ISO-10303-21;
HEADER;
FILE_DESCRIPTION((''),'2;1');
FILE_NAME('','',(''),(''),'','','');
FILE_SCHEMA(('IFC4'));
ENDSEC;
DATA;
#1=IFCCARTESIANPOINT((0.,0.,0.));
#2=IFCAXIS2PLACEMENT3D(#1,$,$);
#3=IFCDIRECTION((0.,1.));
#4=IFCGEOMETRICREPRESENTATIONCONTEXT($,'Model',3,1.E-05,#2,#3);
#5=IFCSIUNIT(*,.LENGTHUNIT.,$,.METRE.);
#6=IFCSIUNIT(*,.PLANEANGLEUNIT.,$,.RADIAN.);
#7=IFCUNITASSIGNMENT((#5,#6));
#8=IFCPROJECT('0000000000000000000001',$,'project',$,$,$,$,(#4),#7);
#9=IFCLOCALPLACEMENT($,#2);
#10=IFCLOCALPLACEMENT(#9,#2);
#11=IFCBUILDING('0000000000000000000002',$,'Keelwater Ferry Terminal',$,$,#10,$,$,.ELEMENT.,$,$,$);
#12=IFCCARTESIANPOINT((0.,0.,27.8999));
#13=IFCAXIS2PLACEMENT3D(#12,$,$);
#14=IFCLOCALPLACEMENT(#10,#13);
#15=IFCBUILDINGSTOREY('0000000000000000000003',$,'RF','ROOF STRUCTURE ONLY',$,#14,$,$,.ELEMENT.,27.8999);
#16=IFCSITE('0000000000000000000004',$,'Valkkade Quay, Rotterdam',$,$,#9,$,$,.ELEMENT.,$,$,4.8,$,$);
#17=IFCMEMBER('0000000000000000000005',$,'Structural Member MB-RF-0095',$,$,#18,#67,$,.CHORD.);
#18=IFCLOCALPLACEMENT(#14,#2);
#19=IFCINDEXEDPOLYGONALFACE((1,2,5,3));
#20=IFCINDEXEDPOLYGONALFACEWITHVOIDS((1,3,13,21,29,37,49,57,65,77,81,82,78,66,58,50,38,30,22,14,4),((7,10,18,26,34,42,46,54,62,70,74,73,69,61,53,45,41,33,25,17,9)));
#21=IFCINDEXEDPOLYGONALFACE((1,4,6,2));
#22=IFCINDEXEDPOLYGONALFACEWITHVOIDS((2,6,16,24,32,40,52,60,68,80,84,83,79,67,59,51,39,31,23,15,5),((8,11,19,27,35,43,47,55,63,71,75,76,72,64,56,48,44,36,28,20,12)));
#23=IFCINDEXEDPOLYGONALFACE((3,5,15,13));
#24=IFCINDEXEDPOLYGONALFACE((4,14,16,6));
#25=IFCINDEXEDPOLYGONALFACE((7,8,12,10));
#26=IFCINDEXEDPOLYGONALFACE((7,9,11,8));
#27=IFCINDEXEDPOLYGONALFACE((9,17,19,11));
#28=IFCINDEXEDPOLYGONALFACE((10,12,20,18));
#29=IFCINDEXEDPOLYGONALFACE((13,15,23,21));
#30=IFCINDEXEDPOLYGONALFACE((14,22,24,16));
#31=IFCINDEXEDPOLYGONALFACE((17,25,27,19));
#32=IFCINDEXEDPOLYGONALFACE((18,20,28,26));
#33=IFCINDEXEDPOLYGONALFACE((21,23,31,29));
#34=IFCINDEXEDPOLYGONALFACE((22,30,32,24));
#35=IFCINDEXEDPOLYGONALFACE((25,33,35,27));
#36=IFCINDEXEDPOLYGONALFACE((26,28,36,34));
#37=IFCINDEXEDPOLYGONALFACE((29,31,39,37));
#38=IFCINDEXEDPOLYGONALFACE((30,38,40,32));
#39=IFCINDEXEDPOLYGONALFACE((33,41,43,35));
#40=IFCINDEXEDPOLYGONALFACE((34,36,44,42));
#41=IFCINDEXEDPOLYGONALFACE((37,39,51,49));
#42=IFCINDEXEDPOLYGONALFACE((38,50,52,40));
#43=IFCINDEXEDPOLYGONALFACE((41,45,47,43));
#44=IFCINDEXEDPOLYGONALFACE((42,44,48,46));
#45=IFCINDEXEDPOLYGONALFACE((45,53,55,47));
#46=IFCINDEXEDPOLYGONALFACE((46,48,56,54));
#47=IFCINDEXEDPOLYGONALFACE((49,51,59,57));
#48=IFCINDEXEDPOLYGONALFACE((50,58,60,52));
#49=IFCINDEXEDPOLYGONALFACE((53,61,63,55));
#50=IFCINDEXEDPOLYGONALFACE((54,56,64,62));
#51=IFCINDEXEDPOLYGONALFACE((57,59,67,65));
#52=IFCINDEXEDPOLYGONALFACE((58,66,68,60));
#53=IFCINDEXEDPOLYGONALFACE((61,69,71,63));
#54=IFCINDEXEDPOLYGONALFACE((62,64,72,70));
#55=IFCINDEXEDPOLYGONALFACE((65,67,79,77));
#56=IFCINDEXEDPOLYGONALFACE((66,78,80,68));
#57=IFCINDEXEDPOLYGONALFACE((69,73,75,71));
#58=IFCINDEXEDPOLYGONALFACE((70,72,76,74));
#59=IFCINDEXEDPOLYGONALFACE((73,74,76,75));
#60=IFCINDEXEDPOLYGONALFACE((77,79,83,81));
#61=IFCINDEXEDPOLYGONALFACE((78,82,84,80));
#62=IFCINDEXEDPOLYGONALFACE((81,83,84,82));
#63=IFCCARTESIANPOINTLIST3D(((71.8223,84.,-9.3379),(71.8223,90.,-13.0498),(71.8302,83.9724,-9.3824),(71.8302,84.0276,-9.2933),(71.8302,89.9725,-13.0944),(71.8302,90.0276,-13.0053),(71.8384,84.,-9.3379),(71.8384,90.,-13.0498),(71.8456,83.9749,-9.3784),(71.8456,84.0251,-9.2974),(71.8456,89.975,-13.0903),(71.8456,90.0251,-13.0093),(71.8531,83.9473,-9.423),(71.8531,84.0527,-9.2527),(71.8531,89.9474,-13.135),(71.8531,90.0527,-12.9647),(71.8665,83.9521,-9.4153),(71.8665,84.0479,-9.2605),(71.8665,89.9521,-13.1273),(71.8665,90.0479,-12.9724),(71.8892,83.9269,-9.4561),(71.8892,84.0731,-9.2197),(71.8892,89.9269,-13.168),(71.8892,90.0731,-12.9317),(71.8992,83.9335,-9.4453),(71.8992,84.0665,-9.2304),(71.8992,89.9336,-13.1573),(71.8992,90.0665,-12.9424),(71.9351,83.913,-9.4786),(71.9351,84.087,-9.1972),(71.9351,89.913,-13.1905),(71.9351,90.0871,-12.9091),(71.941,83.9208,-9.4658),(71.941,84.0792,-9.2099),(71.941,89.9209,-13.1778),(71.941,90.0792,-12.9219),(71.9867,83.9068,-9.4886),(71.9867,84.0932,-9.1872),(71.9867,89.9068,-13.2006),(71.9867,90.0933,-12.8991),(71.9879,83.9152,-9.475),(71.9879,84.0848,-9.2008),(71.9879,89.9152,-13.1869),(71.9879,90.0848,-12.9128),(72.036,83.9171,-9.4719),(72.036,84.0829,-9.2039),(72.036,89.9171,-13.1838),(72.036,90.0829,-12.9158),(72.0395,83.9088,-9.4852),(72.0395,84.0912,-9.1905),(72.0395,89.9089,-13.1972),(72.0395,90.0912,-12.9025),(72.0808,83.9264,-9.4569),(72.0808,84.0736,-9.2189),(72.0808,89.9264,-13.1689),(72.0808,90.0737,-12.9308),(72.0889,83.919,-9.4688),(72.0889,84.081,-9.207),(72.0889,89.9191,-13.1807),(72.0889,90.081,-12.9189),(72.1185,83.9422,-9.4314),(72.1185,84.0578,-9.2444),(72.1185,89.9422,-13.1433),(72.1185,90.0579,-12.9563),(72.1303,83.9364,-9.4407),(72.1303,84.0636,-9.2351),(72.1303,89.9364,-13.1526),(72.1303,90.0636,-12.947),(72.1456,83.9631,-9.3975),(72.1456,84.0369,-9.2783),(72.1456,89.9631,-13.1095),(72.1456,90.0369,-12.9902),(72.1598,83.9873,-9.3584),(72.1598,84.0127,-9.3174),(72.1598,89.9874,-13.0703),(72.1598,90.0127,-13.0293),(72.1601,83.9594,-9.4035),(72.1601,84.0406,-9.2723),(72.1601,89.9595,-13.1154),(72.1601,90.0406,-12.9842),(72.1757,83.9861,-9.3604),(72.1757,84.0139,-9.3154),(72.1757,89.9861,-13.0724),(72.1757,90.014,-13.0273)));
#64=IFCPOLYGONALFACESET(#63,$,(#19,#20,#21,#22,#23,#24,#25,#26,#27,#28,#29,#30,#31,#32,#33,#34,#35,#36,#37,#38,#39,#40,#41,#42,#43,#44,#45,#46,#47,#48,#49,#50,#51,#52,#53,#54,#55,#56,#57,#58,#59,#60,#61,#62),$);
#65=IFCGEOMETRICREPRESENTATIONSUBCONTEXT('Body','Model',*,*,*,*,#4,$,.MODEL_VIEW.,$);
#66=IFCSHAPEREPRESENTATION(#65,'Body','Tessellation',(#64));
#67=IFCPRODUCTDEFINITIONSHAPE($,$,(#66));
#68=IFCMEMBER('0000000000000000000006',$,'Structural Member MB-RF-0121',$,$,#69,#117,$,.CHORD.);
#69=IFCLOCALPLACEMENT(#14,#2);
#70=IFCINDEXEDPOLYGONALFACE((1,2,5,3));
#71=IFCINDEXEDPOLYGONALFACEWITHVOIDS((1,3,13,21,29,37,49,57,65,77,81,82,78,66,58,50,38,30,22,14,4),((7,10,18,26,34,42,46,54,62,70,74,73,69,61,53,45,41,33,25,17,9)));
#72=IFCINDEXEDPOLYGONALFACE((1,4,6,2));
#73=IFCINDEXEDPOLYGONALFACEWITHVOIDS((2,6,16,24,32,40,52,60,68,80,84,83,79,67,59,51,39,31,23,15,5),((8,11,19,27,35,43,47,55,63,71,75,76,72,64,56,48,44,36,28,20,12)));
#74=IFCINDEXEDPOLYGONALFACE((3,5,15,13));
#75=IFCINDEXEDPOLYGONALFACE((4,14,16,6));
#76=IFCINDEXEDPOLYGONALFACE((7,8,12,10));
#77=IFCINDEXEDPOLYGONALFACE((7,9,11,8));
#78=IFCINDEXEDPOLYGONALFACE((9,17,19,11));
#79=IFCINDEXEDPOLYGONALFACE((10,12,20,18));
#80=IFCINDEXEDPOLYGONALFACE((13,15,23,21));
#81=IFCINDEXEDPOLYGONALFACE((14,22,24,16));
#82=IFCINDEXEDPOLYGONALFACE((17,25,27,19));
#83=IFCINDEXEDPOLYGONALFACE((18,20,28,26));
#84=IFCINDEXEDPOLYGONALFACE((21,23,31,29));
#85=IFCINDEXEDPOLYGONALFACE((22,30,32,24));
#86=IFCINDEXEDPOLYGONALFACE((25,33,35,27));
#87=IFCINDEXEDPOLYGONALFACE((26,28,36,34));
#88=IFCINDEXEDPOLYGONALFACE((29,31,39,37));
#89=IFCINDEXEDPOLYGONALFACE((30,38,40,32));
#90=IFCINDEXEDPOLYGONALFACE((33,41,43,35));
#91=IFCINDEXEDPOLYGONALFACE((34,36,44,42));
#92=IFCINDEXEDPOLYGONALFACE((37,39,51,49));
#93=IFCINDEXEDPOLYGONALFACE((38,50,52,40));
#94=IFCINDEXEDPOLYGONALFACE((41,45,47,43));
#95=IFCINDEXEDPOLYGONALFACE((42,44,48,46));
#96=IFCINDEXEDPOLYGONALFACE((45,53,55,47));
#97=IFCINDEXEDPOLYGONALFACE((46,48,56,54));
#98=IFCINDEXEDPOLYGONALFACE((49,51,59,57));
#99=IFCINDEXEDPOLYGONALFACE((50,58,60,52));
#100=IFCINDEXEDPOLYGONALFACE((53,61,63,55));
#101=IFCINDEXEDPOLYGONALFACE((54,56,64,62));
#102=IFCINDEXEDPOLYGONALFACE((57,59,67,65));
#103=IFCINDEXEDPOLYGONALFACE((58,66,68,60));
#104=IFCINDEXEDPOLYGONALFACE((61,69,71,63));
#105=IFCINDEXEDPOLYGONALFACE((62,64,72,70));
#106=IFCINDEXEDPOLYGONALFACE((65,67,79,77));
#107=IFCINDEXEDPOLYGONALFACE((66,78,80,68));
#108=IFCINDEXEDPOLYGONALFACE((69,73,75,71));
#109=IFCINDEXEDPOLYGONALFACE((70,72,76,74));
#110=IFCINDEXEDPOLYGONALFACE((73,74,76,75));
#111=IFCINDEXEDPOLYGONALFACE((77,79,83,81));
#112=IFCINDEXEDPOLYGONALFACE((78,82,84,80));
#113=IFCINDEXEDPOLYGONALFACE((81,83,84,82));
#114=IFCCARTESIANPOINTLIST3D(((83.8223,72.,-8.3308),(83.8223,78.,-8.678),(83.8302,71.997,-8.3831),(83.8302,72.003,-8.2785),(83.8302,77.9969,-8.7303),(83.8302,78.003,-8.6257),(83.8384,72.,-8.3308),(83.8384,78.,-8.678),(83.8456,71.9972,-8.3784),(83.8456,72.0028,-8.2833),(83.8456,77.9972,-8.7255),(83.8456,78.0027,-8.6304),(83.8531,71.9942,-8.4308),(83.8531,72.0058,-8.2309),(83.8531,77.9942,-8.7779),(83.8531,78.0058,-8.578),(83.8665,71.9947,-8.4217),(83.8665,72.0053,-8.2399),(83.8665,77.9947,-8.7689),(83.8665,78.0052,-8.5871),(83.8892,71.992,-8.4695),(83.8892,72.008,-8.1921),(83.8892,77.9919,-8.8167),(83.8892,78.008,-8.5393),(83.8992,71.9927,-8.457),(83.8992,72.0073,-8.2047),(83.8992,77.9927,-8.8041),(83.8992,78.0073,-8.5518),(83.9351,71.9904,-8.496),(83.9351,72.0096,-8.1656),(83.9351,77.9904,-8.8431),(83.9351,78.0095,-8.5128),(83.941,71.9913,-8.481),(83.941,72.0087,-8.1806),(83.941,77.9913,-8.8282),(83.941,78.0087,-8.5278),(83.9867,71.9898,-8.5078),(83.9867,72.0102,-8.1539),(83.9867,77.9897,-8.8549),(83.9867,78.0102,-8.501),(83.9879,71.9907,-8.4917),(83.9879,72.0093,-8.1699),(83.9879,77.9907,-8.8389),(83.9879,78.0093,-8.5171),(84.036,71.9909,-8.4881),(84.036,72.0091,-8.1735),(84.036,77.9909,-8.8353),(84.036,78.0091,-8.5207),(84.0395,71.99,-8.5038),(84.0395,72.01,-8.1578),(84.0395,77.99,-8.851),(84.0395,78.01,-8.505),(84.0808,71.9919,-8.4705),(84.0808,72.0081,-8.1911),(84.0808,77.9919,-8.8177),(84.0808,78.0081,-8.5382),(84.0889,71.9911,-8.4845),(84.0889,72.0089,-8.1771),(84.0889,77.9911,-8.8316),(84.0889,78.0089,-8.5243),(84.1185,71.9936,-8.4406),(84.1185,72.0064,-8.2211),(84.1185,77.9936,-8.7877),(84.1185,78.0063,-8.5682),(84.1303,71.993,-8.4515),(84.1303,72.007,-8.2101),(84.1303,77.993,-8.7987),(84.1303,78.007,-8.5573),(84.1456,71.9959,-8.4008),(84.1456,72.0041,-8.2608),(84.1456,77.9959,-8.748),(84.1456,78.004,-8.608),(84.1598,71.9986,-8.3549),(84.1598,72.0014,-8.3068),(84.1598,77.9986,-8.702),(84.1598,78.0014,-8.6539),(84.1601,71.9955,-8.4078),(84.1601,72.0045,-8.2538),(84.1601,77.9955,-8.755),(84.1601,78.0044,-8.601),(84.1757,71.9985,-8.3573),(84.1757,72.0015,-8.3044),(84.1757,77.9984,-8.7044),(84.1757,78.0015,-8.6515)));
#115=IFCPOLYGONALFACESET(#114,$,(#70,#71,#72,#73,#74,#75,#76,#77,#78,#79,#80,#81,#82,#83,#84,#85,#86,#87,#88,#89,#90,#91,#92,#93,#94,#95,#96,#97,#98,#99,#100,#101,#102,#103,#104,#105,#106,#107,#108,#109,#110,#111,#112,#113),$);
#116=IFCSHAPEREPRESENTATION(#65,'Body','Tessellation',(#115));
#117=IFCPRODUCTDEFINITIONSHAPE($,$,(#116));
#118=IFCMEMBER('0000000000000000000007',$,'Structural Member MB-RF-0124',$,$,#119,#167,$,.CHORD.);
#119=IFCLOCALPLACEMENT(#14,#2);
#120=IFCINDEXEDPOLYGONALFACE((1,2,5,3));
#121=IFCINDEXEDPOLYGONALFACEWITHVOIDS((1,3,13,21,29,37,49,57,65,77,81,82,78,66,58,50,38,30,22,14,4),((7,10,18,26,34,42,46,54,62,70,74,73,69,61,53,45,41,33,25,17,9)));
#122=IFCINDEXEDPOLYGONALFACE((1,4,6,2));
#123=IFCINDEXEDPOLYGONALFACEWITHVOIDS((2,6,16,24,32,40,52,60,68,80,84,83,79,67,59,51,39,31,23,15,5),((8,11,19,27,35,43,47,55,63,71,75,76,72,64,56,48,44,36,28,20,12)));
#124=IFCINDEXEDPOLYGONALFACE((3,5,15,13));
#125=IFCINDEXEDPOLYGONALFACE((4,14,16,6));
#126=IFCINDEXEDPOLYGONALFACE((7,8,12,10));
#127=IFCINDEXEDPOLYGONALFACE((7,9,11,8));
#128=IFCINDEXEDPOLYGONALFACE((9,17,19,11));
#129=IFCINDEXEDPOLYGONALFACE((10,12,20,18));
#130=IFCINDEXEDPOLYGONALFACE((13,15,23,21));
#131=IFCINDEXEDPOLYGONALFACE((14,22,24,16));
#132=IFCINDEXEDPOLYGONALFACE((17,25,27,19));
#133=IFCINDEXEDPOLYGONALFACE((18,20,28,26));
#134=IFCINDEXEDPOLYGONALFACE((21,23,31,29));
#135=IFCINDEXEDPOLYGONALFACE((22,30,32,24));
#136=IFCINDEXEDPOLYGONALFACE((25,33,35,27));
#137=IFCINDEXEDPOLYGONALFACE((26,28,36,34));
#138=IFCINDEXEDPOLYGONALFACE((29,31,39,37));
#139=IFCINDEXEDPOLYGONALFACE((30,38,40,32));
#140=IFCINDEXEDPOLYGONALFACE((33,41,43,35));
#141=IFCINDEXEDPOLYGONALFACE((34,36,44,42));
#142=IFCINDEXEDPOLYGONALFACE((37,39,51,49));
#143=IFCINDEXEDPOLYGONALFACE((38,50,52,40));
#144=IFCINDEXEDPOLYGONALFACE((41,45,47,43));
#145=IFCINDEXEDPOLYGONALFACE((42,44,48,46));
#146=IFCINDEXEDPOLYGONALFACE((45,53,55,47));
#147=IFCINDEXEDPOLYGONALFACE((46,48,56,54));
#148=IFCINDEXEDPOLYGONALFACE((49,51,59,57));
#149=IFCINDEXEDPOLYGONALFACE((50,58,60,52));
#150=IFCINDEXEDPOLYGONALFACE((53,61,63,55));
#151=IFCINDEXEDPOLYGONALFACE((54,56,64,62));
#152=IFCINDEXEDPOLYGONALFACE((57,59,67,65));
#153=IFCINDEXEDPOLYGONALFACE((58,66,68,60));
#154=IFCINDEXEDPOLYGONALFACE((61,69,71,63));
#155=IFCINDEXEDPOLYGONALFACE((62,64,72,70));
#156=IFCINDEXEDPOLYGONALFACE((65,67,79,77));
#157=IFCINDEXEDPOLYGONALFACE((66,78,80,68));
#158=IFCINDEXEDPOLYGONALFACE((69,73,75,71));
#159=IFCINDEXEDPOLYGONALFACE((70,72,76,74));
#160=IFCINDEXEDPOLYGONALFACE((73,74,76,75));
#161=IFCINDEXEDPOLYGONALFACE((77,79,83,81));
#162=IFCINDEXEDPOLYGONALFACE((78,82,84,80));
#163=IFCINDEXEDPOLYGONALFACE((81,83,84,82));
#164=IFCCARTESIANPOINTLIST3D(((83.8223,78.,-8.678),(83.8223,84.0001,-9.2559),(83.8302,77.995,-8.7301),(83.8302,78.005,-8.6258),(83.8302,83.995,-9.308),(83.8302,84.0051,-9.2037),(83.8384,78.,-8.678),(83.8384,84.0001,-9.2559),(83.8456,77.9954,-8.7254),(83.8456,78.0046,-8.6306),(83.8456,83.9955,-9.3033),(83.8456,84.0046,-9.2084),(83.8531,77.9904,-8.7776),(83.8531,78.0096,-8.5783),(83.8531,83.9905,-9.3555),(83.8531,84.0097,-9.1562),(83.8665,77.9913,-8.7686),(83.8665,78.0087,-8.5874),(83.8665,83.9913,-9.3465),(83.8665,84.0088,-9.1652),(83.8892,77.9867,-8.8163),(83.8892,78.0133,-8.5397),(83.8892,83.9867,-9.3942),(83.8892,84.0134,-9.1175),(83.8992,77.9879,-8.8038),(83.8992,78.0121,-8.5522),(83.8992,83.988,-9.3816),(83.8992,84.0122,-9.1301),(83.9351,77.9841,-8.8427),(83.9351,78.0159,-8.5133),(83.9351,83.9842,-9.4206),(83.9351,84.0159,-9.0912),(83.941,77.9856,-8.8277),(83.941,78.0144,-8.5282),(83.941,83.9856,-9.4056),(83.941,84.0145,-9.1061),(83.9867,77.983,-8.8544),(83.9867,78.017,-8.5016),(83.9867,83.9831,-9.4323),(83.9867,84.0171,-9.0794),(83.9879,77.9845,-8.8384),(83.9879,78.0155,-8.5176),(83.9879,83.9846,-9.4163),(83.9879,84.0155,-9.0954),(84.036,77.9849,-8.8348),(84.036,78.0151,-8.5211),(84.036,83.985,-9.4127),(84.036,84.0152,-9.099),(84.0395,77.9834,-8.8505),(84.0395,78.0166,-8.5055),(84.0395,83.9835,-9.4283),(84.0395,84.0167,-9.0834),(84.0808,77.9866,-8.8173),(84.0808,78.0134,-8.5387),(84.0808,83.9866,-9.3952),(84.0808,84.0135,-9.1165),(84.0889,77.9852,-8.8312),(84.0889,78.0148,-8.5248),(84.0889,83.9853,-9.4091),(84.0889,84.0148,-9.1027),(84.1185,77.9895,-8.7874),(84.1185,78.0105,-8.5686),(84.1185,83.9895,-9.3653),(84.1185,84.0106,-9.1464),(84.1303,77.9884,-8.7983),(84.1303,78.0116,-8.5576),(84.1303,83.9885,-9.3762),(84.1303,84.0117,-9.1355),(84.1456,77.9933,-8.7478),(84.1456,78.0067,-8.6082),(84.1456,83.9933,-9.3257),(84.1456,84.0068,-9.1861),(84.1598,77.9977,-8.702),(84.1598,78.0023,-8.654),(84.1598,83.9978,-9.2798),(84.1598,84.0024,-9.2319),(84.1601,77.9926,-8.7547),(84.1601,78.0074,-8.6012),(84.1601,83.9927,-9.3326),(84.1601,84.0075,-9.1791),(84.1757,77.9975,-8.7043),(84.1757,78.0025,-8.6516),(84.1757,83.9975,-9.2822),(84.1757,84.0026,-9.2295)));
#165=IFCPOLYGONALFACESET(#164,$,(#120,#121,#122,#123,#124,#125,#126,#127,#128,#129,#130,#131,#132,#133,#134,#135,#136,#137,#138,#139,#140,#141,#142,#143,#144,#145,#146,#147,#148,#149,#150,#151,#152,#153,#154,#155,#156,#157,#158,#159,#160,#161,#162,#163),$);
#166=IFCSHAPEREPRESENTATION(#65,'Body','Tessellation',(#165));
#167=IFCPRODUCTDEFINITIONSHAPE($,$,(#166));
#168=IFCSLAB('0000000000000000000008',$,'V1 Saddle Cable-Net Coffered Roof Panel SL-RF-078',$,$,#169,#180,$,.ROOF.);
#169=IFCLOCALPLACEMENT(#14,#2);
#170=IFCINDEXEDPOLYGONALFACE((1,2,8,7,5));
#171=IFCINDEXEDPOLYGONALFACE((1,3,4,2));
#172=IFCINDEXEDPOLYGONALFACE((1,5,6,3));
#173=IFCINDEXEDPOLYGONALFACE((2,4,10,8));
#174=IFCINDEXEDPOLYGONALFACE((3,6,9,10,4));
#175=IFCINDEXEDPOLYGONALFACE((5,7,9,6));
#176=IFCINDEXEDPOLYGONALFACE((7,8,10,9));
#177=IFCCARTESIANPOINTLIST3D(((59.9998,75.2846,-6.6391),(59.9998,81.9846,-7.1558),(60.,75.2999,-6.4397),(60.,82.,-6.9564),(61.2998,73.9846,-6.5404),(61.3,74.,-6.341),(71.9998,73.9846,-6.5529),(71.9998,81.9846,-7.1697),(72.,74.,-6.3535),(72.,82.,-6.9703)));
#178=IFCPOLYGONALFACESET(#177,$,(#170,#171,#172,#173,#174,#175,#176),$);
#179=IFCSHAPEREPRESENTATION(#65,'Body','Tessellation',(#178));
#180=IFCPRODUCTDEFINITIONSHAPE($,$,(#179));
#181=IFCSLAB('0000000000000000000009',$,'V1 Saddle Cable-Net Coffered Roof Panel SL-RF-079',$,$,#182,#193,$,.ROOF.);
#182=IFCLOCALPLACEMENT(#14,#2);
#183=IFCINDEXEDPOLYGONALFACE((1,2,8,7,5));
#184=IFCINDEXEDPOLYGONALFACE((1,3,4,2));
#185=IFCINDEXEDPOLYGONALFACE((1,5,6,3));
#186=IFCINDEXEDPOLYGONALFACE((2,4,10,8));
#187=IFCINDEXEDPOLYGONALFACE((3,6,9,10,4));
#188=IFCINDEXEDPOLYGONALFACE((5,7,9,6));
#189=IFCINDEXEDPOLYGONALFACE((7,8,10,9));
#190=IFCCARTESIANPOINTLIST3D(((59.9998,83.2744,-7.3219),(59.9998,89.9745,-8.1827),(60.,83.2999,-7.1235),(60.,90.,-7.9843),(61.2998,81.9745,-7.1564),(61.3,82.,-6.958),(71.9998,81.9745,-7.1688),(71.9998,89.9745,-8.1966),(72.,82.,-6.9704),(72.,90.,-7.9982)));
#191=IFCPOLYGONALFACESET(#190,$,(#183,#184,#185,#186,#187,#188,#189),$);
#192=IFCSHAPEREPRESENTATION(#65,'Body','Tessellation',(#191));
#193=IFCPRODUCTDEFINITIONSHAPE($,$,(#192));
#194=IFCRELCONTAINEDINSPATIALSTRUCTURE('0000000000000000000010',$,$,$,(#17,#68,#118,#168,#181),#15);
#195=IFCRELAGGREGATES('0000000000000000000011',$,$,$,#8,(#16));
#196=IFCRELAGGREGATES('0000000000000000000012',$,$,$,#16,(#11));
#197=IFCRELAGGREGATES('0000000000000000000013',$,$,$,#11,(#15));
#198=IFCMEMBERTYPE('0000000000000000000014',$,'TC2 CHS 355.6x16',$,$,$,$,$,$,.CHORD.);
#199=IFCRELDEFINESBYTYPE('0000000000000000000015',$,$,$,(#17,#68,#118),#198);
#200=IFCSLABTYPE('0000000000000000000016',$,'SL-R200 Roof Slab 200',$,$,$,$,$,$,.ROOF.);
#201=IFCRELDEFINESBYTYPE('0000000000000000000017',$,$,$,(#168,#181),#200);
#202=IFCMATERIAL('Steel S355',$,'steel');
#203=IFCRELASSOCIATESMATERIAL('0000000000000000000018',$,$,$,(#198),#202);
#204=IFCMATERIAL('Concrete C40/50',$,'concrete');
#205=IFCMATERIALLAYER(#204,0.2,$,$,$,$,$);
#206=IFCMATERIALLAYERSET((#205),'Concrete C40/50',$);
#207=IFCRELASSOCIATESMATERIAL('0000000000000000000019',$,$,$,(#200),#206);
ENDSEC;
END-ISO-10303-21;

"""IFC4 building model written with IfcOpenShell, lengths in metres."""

from ifc_helpers import new_model, si_unit, direction, frame, origin, origin_with_axes, origin_2d, place, context, subcontext, project, spatial, polyline, hollow_circle, outline, extrude, material, layer, layer_set, material_profile, profile_set, type_object, element, save


model = new_model("IFC4")

# Units and contexts
model_context = context("Model", 3, precision=1e-05, world=origin(), true_north=direction((0.0, 1.0)))
body_context = subcontext(model_context, "Body", "Model", "MODEL_VIEW")
ifc_project = project(units=[si_unit("LENGTHUNIT", "METRE"), si_unit("PLANEANGLEUNIT", "RADIAN")], contexts=[model_context])

# Site, building, storey
site_placement = place(None, origin())
site = spatial("IfcSite", under=ifc_project, at=site_placement, Name="Valkkade Quay, Rotterdam", CompositionType="ELEMENT", RefElevation=4.8)
building_placement = place(site_placement, origin())
building = spatial("IfcBuilding", under=site, at=building_placement, Name="Keelwater Ferry Terminal", CompositionType="ELEMENT")
storey_placement = place(building_placement, frame((0.0, 0.0, 27.8999)))
storey = spatial("IfcBuildingStorey", under=building, at=storey_placement, Name="RF", Description="ROOF STRUCTURE ONLY", CompositionType="ELEMENT", Elevation=27.8999)

# Members
ifc_material_1 = material(Name="Steel S355", Category="steel")
ifc_material_profile_1 = material_profile(ifc_material_1, hollow_circle(Radius=0.1777, WallThickness=0.0161, at=origin_2d()), Name="CHS 355.6x16")
ifc_profile_set_1 = profile_set([ifc_material_profile_1], Name="Steel S355")
member_type_1 = type_object("IfcMemberType", Name="TC2 CHS 355.6x16", PredefinedType="CHORD", material=ifc_profile_set_1)
member_1_placement = place(storey_placement, frame((72.0, 84.0, -9.3379), z_axis=(0.0, 0.850416, -0.526112), x_axis=(-1.0, 0.0, 0.0)))
element("IfcMember", 1, at=member_1_placement, inside=storey, type_object=member_type_1, Name="Structural Member MB-RF-0095", PredefinedType="CHORD", context=body_context, shape_type="SweptSolid", body=[
    extrude(hollow_circle(Radius=0.1777, WallThickness=0.0161, at=origin_2d()), origin(), (0.0, 0.0, 1.0), 7.0554),
])
member_2_placement = place(storey_placement, frame((84.0, 72.0, -8.3308), z_axis=(0.0, 0.99833, -0.057765), x_axis=(-1.0, 0.0, 0.0)))
element("IfcMember", 2, at=member_2_placement, inside=storey, type_object=member_type_1, Name="Structural Member MB-RF-0121", PredefinedType="CHORD", context=body_context, shape_type="SweptSolid", body=[
    extrude(hollow_circle(Radius=0.1777, WallThickness=0.0161, at=origin_2d()), origin(), (0.0, 0.0, 1.0), 6.01),
])
member_3_placement = place(storey_placement, frame((84.0, 78.0, -8.678), z_axis=(0.0, 0.995394, -0.09587), x_axis=(-1.0, 0.0, 0.0)))
element("IfcMember", 3, at=member_3_placement, inside=storey, type_object=member_type_1, Name="Structural Member MB-RF-0124", PredefinedType="CHORD", context=body_context, shape_type="SweptSolid", body=[
    extrude(hollow_circle(Radius=0.1777, WallThickness=0.0161, at=origin_2d()), origin(), (0.0, 0.0, 1.0), 6.0278),
])

# Slabs
ifc_material_2 = material(Name="Concrete C40/50", Category="concrete")
ifc_layer = layer(ifc_material_2, 0.2)
ifc_layer_set = layer_set([ifc_layer], Name="Concrete C40/50")
slab_type = type_object("IfcSlabType", Name="SL-R200 Roof Slab 200", PredefinedType="ROOF", material=ifc_layer_set)
slab_1_placement = place(storey_placement, frame((61.2998, 73.9846, -6.5404), z_axis=(0.001161, 0.076881, 0.99704), x_axis=(0.999999, -0.000089, -0.001158)))
element("IfcSlab", 4, at=slab_1_placement, inside=storey, type_object=slab_type, Name="V1 Saddle Cable-Net Coffered Roof Panel SL-RF-078", PredefinedType="ROOF", context=body_context, shape_type="SweptSolid", body=[
    extrude(outline(polyline([(0.0, 0.0), (10.7, 0.0009), (10.7, 8.0247), (-1.3, 8.0236), (-1.3, 1.3037), (0.0, 0.0)])), origin_with_axes(), (0.0, 0.0, 1.0), 0.2),
])
slab_2_placement = place(storey_placement, frame((61.2998, 81.9745, -7.1564), z_axis=(0.001149, 0.127431, 0.991847), x_axis=(0.999999, -0.000146, -0.001139)))
element("IfcSlab", 5, at=slab_2_placement, inside=storey, type_object=slab_type, Name="V1 Saddle Cable-Net Coffered Roof Panel SL-RF-079", PredefinedType="ROOF", context=body_context, shape_type="SweptSolid", body=[
    extrude(outline(polyline([(0.0, 0.0), (10.7, 0.0015), (10.7, 8.0673), (-1.3, 8.0655), (-1.3, 1.3104), (0.0, 0.0)])), origin_with_axes(), (0.0, 0.0, 1.0), 0.2),
])

save(model, "model.ifc")
